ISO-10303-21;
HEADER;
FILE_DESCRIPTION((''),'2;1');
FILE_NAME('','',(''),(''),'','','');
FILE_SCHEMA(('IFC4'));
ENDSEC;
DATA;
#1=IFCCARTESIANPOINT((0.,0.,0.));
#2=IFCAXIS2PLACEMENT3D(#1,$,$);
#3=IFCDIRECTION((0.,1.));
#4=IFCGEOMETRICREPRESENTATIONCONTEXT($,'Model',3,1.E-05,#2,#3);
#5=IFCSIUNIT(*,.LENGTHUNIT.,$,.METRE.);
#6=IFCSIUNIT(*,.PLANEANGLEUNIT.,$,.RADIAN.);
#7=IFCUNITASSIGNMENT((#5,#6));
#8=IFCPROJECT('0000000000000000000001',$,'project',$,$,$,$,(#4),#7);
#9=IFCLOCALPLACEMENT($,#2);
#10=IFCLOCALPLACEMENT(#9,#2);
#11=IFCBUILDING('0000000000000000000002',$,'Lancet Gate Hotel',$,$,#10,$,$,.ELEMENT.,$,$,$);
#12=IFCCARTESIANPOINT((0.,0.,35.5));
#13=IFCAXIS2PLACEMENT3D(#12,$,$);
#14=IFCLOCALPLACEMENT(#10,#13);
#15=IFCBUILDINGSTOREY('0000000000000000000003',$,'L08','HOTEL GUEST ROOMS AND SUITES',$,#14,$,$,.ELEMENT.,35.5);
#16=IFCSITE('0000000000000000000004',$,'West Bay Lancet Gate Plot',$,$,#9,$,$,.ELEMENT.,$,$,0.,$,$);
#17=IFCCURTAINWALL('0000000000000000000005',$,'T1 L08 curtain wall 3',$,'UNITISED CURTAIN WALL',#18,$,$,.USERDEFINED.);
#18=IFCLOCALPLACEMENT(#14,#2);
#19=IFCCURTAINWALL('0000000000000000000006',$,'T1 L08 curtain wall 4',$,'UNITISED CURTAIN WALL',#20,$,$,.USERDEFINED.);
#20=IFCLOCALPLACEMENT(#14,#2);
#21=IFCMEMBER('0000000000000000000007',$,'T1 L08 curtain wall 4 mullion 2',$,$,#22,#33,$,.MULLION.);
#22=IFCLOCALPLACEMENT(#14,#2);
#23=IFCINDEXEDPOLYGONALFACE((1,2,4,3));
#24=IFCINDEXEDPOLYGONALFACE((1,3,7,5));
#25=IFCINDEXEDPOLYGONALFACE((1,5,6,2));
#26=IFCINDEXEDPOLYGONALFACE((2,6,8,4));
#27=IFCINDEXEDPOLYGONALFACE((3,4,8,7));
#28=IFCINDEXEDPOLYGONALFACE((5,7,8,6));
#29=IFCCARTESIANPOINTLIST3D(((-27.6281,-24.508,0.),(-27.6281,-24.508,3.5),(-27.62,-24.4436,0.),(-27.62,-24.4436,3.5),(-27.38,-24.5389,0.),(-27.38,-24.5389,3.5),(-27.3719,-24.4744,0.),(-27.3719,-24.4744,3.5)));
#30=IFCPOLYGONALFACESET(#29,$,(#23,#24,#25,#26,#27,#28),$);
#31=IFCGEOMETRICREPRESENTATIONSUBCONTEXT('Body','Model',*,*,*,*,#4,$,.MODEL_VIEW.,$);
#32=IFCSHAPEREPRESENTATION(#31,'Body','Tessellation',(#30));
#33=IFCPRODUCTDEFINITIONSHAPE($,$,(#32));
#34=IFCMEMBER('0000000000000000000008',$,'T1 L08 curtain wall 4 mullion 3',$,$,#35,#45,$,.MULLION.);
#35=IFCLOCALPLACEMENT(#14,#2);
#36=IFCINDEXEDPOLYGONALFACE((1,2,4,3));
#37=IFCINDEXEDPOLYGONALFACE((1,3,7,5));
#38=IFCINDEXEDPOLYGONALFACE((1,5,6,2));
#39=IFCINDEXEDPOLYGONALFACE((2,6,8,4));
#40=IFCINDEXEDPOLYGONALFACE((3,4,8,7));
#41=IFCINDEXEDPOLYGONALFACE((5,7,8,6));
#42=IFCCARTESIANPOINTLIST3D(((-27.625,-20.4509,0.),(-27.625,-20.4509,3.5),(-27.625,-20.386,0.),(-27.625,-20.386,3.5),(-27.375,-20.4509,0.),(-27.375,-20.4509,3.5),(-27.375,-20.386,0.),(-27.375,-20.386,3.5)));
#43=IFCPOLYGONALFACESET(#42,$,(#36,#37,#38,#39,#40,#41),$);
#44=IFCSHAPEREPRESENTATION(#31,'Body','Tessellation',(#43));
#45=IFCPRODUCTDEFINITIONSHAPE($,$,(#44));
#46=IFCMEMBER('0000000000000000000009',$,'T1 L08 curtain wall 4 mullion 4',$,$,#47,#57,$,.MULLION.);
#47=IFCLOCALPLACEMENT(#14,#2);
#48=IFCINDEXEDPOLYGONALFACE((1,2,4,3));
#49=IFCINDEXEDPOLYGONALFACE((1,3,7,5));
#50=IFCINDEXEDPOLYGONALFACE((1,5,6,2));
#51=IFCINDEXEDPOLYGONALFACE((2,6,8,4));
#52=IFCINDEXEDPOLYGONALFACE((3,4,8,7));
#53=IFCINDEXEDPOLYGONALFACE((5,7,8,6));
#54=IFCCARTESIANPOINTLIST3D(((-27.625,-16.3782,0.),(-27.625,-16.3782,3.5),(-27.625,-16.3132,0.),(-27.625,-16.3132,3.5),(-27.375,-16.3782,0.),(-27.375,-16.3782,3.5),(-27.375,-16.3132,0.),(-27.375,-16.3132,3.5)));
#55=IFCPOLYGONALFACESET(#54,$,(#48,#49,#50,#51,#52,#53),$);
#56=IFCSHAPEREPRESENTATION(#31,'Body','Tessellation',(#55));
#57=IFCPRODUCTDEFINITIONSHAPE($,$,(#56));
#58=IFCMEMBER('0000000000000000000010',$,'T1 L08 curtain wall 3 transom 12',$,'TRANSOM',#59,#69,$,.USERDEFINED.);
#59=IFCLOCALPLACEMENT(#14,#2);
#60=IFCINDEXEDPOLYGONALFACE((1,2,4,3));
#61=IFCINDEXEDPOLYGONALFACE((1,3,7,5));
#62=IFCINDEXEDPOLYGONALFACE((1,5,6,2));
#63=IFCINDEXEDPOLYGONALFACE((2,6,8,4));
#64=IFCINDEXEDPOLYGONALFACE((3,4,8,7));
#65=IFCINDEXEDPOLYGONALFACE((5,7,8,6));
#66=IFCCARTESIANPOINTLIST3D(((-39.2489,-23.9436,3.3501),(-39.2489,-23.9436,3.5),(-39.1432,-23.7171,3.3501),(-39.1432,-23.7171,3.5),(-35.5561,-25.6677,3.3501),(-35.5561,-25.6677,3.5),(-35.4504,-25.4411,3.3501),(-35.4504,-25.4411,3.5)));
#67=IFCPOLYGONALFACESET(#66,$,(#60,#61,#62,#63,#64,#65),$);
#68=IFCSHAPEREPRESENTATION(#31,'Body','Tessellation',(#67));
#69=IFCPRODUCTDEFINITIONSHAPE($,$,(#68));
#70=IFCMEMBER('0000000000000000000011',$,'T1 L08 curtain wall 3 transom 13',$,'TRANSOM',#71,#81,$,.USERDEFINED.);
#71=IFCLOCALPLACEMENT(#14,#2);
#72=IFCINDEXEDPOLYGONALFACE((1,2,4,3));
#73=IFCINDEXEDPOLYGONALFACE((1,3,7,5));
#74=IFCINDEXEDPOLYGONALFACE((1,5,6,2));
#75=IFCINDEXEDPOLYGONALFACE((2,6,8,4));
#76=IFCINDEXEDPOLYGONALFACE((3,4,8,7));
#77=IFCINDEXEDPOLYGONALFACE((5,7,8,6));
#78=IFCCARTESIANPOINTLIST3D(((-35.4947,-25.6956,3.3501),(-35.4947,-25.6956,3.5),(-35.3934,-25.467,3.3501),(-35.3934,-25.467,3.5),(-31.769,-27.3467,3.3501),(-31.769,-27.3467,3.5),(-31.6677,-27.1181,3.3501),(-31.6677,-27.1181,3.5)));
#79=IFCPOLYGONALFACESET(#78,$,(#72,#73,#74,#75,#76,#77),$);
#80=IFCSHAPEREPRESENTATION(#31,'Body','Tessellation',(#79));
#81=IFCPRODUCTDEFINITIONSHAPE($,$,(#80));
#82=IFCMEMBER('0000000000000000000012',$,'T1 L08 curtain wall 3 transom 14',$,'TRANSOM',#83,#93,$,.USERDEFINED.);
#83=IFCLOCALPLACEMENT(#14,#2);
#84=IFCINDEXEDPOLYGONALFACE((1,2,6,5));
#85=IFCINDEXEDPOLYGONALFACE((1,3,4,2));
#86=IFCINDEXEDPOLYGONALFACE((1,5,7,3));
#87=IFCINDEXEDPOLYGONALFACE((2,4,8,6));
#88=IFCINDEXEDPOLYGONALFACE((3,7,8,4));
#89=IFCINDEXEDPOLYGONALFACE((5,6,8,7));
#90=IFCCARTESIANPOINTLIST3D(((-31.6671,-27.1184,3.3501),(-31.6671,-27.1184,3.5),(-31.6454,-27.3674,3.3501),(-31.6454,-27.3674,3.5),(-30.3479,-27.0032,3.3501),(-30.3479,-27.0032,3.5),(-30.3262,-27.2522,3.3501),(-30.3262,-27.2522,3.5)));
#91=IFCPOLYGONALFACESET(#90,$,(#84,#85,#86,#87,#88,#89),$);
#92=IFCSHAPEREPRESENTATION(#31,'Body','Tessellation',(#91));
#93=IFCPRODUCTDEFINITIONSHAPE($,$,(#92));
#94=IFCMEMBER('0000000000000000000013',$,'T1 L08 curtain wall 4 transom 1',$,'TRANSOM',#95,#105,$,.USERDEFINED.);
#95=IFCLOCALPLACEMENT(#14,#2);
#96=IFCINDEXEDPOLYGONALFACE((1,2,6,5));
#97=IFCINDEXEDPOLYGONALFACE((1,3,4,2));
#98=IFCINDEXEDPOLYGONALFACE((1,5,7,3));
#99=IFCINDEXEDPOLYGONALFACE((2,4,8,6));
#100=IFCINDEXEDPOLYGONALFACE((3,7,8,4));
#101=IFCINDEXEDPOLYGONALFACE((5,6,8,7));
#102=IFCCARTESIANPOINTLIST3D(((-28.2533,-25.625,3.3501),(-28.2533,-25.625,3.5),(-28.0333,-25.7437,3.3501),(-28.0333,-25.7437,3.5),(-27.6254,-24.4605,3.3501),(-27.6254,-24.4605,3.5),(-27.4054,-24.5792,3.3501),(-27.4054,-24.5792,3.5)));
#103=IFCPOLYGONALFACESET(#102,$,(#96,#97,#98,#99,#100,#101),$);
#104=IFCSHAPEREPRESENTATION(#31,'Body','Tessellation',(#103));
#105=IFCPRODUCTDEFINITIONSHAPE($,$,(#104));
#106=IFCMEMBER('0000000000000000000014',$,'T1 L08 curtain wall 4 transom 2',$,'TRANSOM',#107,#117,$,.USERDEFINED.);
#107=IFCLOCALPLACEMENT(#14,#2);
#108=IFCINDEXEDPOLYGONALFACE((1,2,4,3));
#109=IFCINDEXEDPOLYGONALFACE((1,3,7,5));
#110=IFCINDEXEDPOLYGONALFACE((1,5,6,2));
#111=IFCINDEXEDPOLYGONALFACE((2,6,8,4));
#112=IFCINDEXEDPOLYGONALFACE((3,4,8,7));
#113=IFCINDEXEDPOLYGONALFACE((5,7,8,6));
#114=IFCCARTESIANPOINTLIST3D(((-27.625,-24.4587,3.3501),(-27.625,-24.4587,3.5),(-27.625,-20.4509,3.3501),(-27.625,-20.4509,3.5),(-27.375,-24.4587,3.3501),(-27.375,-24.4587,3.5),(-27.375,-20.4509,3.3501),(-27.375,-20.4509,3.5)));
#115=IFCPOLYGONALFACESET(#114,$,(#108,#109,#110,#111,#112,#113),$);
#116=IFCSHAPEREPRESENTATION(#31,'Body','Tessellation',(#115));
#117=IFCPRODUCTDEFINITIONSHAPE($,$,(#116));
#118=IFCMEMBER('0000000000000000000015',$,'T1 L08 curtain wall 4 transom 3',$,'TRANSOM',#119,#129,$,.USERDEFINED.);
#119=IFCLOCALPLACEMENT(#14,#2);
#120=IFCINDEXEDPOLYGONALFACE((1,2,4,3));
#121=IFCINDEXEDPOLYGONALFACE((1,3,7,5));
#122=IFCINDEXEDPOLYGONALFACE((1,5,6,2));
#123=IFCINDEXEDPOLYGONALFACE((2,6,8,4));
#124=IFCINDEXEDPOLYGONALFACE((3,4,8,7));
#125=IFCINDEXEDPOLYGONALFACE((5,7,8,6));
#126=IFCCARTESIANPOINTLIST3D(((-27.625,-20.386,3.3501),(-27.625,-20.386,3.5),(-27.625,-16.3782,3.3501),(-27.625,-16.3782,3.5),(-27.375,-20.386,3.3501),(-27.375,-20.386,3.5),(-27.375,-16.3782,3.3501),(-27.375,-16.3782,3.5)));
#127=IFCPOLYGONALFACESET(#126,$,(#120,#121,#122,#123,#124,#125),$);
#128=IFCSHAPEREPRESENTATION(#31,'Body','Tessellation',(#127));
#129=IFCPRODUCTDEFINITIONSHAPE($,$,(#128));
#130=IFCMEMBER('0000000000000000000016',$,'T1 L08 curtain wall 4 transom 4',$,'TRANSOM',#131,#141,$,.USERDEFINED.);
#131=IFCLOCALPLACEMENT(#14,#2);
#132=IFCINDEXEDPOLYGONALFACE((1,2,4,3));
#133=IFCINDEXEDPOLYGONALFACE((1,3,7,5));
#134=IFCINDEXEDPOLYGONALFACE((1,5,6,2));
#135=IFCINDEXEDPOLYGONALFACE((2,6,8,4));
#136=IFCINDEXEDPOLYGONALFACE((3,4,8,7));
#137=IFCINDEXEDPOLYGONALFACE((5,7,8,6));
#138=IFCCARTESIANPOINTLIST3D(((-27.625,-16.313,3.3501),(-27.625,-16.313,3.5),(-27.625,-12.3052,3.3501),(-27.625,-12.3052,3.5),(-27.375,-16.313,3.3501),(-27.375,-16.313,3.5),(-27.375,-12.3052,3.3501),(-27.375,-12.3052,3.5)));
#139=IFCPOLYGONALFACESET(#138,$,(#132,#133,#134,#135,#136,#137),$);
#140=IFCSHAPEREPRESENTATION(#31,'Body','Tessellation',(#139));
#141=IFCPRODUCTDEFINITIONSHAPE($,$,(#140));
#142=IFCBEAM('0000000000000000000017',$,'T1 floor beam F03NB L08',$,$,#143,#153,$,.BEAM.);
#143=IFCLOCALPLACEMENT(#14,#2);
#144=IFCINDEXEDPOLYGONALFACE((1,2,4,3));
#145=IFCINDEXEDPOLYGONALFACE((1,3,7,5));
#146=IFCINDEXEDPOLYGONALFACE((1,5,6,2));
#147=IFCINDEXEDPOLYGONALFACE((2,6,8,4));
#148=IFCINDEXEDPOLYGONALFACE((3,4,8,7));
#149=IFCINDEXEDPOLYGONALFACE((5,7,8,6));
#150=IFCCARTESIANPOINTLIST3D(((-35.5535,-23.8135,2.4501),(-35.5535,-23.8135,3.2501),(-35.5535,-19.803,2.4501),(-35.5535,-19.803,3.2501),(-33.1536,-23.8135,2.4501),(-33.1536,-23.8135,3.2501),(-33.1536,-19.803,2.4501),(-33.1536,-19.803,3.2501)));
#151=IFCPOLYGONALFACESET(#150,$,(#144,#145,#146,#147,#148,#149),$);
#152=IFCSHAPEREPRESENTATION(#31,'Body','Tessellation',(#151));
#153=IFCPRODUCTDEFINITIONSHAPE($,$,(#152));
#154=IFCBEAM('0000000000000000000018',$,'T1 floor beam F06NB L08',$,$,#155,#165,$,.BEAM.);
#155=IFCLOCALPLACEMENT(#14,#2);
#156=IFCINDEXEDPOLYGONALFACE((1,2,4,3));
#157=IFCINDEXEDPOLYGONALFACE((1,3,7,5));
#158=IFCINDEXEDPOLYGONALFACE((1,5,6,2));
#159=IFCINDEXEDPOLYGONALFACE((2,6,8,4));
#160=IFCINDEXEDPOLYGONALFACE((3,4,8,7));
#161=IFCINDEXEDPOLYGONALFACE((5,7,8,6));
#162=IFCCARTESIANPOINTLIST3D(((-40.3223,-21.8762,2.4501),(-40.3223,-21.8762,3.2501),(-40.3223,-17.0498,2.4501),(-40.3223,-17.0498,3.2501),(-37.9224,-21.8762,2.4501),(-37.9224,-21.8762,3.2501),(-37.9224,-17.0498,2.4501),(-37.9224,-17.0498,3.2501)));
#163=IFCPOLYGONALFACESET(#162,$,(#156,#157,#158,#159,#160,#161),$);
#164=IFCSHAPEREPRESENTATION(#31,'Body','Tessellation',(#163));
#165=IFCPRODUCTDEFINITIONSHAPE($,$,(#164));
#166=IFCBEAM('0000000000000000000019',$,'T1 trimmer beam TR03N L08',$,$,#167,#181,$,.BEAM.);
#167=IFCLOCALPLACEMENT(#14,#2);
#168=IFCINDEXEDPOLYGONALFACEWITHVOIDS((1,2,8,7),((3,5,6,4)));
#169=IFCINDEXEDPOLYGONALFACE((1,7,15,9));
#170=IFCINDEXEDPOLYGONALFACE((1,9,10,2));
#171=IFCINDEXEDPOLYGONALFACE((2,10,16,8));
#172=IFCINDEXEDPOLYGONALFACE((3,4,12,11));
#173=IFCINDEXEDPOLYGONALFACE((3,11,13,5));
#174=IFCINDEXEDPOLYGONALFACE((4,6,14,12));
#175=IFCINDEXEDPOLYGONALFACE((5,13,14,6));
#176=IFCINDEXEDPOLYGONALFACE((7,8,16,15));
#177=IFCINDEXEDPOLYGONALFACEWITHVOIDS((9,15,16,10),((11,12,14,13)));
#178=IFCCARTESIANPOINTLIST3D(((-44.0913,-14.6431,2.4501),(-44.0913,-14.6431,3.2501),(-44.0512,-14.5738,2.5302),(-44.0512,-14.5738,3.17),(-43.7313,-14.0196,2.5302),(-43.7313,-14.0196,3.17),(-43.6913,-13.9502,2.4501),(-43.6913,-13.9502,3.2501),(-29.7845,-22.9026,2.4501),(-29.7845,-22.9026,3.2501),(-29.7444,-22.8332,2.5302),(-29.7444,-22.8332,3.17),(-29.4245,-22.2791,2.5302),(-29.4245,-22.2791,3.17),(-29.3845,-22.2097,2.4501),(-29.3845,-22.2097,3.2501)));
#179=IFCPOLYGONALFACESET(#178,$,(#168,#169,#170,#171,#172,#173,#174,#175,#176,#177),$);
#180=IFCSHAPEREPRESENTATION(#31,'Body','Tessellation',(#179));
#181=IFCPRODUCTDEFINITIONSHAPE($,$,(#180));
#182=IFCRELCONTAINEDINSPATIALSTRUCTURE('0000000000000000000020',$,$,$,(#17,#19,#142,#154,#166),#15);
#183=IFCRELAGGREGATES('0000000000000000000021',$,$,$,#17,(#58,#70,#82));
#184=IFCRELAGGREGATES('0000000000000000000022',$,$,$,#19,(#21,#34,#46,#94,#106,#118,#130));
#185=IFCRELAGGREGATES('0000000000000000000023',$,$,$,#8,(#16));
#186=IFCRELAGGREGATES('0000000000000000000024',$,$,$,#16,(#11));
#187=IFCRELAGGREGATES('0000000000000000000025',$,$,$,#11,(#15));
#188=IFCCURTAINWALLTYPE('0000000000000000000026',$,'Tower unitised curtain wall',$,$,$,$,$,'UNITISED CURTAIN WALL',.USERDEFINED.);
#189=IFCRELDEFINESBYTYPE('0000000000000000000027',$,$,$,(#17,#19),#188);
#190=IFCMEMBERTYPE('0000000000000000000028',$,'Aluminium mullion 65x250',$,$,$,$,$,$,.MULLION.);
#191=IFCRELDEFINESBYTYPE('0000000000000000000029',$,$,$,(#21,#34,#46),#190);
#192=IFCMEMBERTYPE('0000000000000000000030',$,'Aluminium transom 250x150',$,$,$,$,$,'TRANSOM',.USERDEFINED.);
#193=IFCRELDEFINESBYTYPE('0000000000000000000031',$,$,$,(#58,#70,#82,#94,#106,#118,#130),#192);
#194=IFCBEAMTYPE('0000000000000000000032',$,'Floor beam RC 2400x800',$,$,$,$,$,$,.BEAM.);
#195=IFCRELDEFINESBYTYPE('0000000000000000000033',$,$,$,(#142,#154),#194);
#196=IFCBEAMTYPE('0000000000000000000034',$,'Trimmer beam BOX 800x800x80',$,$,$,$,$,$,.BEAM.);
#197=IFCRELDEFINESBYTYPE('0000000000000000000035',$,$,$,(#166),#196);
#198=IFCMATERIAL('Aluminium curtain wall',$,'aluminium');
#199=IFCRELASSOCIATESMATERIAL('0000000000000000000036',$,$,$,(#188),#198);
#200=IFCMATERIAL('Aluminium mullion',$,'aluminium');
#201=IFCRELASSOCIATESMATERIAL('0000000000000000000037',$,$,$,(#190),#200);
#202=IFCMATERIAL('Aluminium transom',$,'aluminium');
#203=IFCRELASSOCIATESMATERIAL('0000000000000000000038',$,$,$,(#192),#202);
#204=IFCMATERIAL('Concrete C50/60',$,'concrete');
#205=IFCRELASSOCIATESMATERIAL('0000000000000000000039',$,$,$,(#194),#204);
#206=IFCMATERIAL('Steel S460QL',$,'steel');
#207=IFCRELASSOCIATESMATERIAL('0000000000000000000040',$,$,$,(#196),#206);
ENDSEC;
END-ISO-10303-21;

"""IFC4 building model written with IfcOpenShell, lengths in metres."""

from ifc_helpers import new_model, si_unit, direction, frame, origin, origin_2d, place, context, subcontext, project, spatial, rectangle, hollow_rectangle, extrude, material, material_profile, profile_set, type_object, element, aggregate, save


model = new_model("IFC4")

# Units and contexts
model_context = context("Model", 3, precision=1e-05, world=origin(), true_north=direction((0.0, 1.0)))
body_context = subcontext(model_context, "Body", "Model", "MODEL_VIEW")
ifc_project = project(units=[si_unit("LENGTHUNIT", "METRE"), si_unit("PLANEANGLEUNIT", "RADIAN")], contexts=[model_context])

# Site, building, storey
site_placement = place(None, origin())
site = spatial("IfcSite", under=ifc_project, at=site_placement, Name="West Bay Lancet Gate Plot", CompositionType="ELEMENT", RefElevation=0.0)
building_placement = place(site_placement, origin())
building = spatial("IfcBuilding", under=site, at=building_placement, Name="Lancet Gate Hotel", CompositionType="ELEMENT")
storey_placement = place(building_placement, frame((0.0, 0.0, 35.5)))
storey = spatial("IfcBuildingStorey", under=building, at=storey_placement, Name="L08", Description="HOTEL GUEST ROOMS AND SUITES", CompositionType="ELEMENT", Elevation=35.5)

# Curtain walls, members
ifc_material_1 = material(Name="Aluminium curtain wall", Category="aluminium")
curtain_wall_type = type_object("IfcCurtainWallType", Name="Tower unitised curtain wall", ElementType="UNITISED CURTAIN WALL", PredefinedType="USERDEFINED", material=ifc_material_1)
curtain_wall_1_placement = place(storey_placement, origin())
curtain_wall_1 = element("IfcCurtainWall", 1, at=curtain_wall_1_placement, inside=storey, type_object=curtain_wall_type, Name="T1 L08 curtain wall 3", ObjectType="UNITISED CURTAIN WALL", PredefinedType="USERDEFINED")
ifc_material_2 = material(Name="Aluminium mullion", Category="aluminium")
ifc_material_profile_1 = material_profile(ifc_material_2, rectangle(XDim=0.0649, YDim=0.25, at=origin_2d()), Name="MULLION 65x250")
ifc_profile_set_1 = profile_set([ifc_material_profile_1], Name="Aluminium mullion")
member_type_1 = type_object("IfcMemberType", Name="Aluminium mullion 65x250", PredefinedType="MULLION", material=ifc_profile_set_1)
curtain_wall_2_placement = place(storey_placement, origin())
curtain_wall_2 = element("IfcCurtainWall", 2, at=curtain_wall_2_placement, inside=storey, type_object=curtain_wall_type, Name="T1 L08 curtain wall 4", ObjectType="UNITISED CURTAIN WALL", PredefinedType="USERDEFINED")
member_1_placement = place(storey_placement, frame((-27.5, -24.4912, 0.0), z_axis=(0.0, 0.0, 1.0), x_axis=(0.123483, 0.992347, 0.0)))
member_1 = element("IfcMember", 3, at=member_1_placement, type_object=member_type_1, Name="T1 L08 curtain wall 4 mullion 2", PredefinedType="MULLION", context=body_context, shape_type="SweptSolid", body=[
    extrude(rectangle(XDim=0.0649, YDim=0.25, at=origin_2d()), origin(), (0.0, 0.0, 1.0), 3.5),
])
member_2_placement = place(storey_placement, frame((-27.5, -20.4185, 0.0), z_axis=(0.0, 0.0, 1.0), x_axis=(0.0, 1.0, 0.0)))
member_2 = element("IfcMember", 4, at=member_2_placement, type_object=member_type_1, Name="T1 L08 curtain wall 4 mullion 3", PredefinedType="MULLION", context=body_context, shape_type="SweptSolid", body=[
    extrude(rectangle(XDim=0.0649, YDim=0.25, at=origin_2d()), origin(), (0.0, 0.0, 1.0), 3.5),
])
member_3_placement = place(storey_placement, frame((-27.5, -16.3457, 0.0), z_axis=(0.0, 0.0, 1.0), x_axis=(0.0, 1.0, 0.0)))
member_3 = element("IfcMember", 5, at=member_3_placement, type_object=member_type_1, Name="T1 L08 curtain wall 4 mullion 4", PredefinedType="MULLION", context=body_context, shape_type="SweptSolid", body=[
    extrude(rectangle(XDim=0.0649, YDim=0.25, at=origin_2d()), origin(), (0.0, 0.0, 1.0), 3.5),
])

# Members
ifc_material_3 = material(Name="Aluminium transom", Category="aluminium")
ifc_material_profile_2 = material_profile(ifc_material_3, rectangle(XDim=0.25, YDim=0.1499, at=origin_2d()), Name="TRANSOM 250x150")
ifc_profile_set_2 = profile_set([ifc_material_profile_2], Name="Aluminium transom")
member_type_2 = type_object("IfcMemberType", Name="Aluminium transom 250x150", ElementType="TRANSOM", PredefinedType="USERDEFINED", material=ifc_profile_set_2)
member_4_placement = place(storey_placement, frame((-39.196, -23.8303, 3.425), z_axis=(0.90611, -0.423043, 0.0), x_axis=(0.423043, 0.90611, 0.0)))
member_4 = element("IfcMember", 6, at=member_4_placement, type_object=member_type_2, Name="T1 L08 curtain wall 3 transom 12", ObjectType="TRANSOM", PredefinedType="USERDEFINED", context=body_context, shape_type="SweptSolid", body=[
    extrude(rectangle(XDim=0.25, YDim=0.1499, at=origin_2d()), origin(), (0.0, 0.0, 1.0), 4.0754),
])
member_5_placement = place(storey_placement, frame((-35.4441, -25.5813, 3.425), z_axis=(0.914248, -0.405154, 0.0), x_axis=(0.405154, 0.914248, 0.0)))
member_5 = element("IfcMember", 7, at=member_5_placement, type_object=member_type_2, Name="T1 L08 curtain wall 3 transom 13", ObjectType="TRANSOM", PredefinedType="USERDEFINED", context=body_context, shape_type="SweptSolid", body=[
    extrude(rectangle(XDim=0.25, YDim=0.1499, at=origin_2d()), origin(), (0.0, 0.0, 1.0), 4.0752),
])
member_6_placement = place(storey_placement, frame((-31.6562, -27.2429, 3.425), z_axis=(0.996206, 0.087027, 0.0), x_axis=(-0.087027, 0.996206, 0.0)))
member_6 = element("IfcMember", 8, at=member_6_placement, type_object=member_type_2, Name="T1 L08 curtain wall 3 transom 14", ObjectType="TRANSOM", PredefinedType="USERDEFINED", context=body_context, shape_type="SweptSolid", body=[
    extrude(rectangle(XDim=0.25, YDim=0.1499, at=origin_2d()), origin(), (0.0, 0.0, 1.0), 1.3242),
])
member_7_placement = place(storey_placement, frame((-28.1433, -25.6843, 3.425), z_axis=(0.474606, 0.880198, 0.0), x_axis=(-0.880198, 0.474606, 0.0)))
member_7 = element("IfcMember", 9, at=member_7_placement, type_object=member_type_2, Name="T1 L08 curtain wall 4 transom 1", ObjectType="TRANSOM", PredefinedType="USERDEFINED", context=body_context, shape_type="SweptSolid", body=[
    extrude(rectangle(XDim=0.25, YDim=0.1499, at=origin_2d()), origin(), (0.0, 0.0, 1.0), 1.323),
])
member_8_placement = place(storey_placement, frame((-27.5, -24.4587, 3.425), z_axis=(0.0, 1.0, 0.0), x_axis=(-1.0, 0.0, 0.0)))
member_8 = element("IfcMember", 10, at=member_8_placement, type_object=member_type_2, Name="T1 L08 curtain wall 4 transom 2", ObjectType="TRANSOM", PredefinedType="USERDEFINED", context=body_context, shape_type="SweptSolid", body=[
    extrude(rectangle(XDim=0.25, YDim=0.1499, at=origin_2d()), origin(), (0.0, 0.0, 1.0), 4.0078),
])
member_9_placement = place(storey_placement, frame((-27.5, -20.386, 3.425), z_axis=(0.0, 1.0, 0.0), x_axis=(-1.0, 0.0, 0.0)))
member_9 = element("IfcMember", 11, at=member_9_placement, type_object=member_type_2, Name="T1 L08 curtain wall 4 transom 3", ObjectType="TRANSOM", PredefinedType="USERDEFINED", context=body_context, shape_type="SweptSolid", body=[
    extrude(rectangle(XDim=0.25, YDim=0.1499, at=origin_2d()), origin(), (0.0, 0.0, 1.0), 4.0078),
])
member_10_placement = place(storey_placement, frame((-27.5, -16.313, 3.425), z_axis=(0.0, 1.0, 0.0), x_axis=(-1.0, 0.0, 0.0)))
member_10 = element("IfcMember", 12, at=member_10_placement, type_object=member_type_2, Name="T1 L08 curtain wall 4 transom 4", ObjectType="TRANSOM", PredefinedType="USERDEFINED", context=body_context, shape_type="SweptSolid", body=[
    extrude(rectangle(XDim=0.25, YDim=0.1499, at=origin_2d()), origin(), (0.0, 0.0, 1.0), 4.0078),
])

# Beams
ifc_material_4 = material(Name="Concrete C50/60", Category="concrete")
ifc_material_profile_3 = material_profile(ifc_material_4, rectangle(XDim=2.3999, YDim=0.8, at=origin_2d()), Name="RC 2400x800")
ifc_profile_set_3 = profile_set([ifc_material_profile_3], Name="Concrete C50/60")
beam_type_1 = type_object("IfcBeamType", Name="Floor beam RC 2400x800", PredefinedType="BEAM", material=ifc_profile_set_3)
beam_1_placement = place(storey_placement, frame((-34.3535, -19.803, 2.8501), z_axis=(0.0, -1.0, 0.0), x_axis=(1.0, 0.0, 0.0)))
element("IfcBeam", 13, at=beam_1_placement, inside=storey, type_object=beam_type_1, Name="T1 floor beam F03NB L08", PredefinedType="BEAM", context=body_context, shape_type="SweptSolid", body=[
    extrude(rectangle(XDim=2.3999, YDim=0.8, at=origin_2d()), origin(), (0.0, 0.0, 1.0), 4.0105),
])
beam_2_placement = place(storey_placement, frame((-39.1223, -17.0498, 2.8501), z_axis=(0.0, -1.0, 0.0), x_axis=(1.0, 0.0, 0.0)))
element("IfcBeam", 14, at=beam_2_placement, inside=storey, type_object=beam_type_1, Name="T1 floor beam F06NB L08", PredefinedType="BEAM", context=body_context, shape_type="SweptSolid", body=[
    extrude(rectangle(XDim=2.3999, YDim=0.8, at=origin_2d()), origin(), (0.0, 0.0, 1.0), 4.8264),
])
ifc_material_5 = material(Name="Steel S460QL", Category="steel")
ifc_material_profile_4 = material_profile(ifc_material_5, hollow_rectangle(XDim=0.8, YDim=0.8, WallThickness=0.0801, at=origin_2d()), Name="BOX 800x800x80")
ifc_profile_set_4 = profile_set([ifc_material_profile_4], Name="Steel S460QL")
beam_type_2 = type_object("IfcBeamType", Name="Trimmer beam BOX 800x800x80", PredefinedType="BEAM", material=ifc_profile_set_4)
for number, where, z_axis, x_axis, name in (
    (15, (-29.5845, -22.5562, 2.8501), (-0.86604, 0.499974, 0.0), (-0.499974, -0.86604, 0.0), "T1 trimmer beam TR03N L08"),
):
    element("IfcBeam", number, at=place(storey_placement, frame(where, z_axis=z_axis, x_axis=x_axis)), inside=storey, type_object=beam_type_2, Name=name, PredefinedType="BEAM", context=body_context, shape_type="SweptSolid", body=[
        extrude(hollow_rectangle(XDim=0.8, YDim=0.8, WallThickness=0.0801, at=origin_2d()), origin(), (0.0, 0.0, 1.0), 16.5198),
    ])

aggregate(curtain_wall_1, [member_4, member_5, member_6])
aggregate(curtain_wall_2, [member_1, member_2, member_3, member_7, member_8, member_9, member_10])

save(model, "model.ifc")
